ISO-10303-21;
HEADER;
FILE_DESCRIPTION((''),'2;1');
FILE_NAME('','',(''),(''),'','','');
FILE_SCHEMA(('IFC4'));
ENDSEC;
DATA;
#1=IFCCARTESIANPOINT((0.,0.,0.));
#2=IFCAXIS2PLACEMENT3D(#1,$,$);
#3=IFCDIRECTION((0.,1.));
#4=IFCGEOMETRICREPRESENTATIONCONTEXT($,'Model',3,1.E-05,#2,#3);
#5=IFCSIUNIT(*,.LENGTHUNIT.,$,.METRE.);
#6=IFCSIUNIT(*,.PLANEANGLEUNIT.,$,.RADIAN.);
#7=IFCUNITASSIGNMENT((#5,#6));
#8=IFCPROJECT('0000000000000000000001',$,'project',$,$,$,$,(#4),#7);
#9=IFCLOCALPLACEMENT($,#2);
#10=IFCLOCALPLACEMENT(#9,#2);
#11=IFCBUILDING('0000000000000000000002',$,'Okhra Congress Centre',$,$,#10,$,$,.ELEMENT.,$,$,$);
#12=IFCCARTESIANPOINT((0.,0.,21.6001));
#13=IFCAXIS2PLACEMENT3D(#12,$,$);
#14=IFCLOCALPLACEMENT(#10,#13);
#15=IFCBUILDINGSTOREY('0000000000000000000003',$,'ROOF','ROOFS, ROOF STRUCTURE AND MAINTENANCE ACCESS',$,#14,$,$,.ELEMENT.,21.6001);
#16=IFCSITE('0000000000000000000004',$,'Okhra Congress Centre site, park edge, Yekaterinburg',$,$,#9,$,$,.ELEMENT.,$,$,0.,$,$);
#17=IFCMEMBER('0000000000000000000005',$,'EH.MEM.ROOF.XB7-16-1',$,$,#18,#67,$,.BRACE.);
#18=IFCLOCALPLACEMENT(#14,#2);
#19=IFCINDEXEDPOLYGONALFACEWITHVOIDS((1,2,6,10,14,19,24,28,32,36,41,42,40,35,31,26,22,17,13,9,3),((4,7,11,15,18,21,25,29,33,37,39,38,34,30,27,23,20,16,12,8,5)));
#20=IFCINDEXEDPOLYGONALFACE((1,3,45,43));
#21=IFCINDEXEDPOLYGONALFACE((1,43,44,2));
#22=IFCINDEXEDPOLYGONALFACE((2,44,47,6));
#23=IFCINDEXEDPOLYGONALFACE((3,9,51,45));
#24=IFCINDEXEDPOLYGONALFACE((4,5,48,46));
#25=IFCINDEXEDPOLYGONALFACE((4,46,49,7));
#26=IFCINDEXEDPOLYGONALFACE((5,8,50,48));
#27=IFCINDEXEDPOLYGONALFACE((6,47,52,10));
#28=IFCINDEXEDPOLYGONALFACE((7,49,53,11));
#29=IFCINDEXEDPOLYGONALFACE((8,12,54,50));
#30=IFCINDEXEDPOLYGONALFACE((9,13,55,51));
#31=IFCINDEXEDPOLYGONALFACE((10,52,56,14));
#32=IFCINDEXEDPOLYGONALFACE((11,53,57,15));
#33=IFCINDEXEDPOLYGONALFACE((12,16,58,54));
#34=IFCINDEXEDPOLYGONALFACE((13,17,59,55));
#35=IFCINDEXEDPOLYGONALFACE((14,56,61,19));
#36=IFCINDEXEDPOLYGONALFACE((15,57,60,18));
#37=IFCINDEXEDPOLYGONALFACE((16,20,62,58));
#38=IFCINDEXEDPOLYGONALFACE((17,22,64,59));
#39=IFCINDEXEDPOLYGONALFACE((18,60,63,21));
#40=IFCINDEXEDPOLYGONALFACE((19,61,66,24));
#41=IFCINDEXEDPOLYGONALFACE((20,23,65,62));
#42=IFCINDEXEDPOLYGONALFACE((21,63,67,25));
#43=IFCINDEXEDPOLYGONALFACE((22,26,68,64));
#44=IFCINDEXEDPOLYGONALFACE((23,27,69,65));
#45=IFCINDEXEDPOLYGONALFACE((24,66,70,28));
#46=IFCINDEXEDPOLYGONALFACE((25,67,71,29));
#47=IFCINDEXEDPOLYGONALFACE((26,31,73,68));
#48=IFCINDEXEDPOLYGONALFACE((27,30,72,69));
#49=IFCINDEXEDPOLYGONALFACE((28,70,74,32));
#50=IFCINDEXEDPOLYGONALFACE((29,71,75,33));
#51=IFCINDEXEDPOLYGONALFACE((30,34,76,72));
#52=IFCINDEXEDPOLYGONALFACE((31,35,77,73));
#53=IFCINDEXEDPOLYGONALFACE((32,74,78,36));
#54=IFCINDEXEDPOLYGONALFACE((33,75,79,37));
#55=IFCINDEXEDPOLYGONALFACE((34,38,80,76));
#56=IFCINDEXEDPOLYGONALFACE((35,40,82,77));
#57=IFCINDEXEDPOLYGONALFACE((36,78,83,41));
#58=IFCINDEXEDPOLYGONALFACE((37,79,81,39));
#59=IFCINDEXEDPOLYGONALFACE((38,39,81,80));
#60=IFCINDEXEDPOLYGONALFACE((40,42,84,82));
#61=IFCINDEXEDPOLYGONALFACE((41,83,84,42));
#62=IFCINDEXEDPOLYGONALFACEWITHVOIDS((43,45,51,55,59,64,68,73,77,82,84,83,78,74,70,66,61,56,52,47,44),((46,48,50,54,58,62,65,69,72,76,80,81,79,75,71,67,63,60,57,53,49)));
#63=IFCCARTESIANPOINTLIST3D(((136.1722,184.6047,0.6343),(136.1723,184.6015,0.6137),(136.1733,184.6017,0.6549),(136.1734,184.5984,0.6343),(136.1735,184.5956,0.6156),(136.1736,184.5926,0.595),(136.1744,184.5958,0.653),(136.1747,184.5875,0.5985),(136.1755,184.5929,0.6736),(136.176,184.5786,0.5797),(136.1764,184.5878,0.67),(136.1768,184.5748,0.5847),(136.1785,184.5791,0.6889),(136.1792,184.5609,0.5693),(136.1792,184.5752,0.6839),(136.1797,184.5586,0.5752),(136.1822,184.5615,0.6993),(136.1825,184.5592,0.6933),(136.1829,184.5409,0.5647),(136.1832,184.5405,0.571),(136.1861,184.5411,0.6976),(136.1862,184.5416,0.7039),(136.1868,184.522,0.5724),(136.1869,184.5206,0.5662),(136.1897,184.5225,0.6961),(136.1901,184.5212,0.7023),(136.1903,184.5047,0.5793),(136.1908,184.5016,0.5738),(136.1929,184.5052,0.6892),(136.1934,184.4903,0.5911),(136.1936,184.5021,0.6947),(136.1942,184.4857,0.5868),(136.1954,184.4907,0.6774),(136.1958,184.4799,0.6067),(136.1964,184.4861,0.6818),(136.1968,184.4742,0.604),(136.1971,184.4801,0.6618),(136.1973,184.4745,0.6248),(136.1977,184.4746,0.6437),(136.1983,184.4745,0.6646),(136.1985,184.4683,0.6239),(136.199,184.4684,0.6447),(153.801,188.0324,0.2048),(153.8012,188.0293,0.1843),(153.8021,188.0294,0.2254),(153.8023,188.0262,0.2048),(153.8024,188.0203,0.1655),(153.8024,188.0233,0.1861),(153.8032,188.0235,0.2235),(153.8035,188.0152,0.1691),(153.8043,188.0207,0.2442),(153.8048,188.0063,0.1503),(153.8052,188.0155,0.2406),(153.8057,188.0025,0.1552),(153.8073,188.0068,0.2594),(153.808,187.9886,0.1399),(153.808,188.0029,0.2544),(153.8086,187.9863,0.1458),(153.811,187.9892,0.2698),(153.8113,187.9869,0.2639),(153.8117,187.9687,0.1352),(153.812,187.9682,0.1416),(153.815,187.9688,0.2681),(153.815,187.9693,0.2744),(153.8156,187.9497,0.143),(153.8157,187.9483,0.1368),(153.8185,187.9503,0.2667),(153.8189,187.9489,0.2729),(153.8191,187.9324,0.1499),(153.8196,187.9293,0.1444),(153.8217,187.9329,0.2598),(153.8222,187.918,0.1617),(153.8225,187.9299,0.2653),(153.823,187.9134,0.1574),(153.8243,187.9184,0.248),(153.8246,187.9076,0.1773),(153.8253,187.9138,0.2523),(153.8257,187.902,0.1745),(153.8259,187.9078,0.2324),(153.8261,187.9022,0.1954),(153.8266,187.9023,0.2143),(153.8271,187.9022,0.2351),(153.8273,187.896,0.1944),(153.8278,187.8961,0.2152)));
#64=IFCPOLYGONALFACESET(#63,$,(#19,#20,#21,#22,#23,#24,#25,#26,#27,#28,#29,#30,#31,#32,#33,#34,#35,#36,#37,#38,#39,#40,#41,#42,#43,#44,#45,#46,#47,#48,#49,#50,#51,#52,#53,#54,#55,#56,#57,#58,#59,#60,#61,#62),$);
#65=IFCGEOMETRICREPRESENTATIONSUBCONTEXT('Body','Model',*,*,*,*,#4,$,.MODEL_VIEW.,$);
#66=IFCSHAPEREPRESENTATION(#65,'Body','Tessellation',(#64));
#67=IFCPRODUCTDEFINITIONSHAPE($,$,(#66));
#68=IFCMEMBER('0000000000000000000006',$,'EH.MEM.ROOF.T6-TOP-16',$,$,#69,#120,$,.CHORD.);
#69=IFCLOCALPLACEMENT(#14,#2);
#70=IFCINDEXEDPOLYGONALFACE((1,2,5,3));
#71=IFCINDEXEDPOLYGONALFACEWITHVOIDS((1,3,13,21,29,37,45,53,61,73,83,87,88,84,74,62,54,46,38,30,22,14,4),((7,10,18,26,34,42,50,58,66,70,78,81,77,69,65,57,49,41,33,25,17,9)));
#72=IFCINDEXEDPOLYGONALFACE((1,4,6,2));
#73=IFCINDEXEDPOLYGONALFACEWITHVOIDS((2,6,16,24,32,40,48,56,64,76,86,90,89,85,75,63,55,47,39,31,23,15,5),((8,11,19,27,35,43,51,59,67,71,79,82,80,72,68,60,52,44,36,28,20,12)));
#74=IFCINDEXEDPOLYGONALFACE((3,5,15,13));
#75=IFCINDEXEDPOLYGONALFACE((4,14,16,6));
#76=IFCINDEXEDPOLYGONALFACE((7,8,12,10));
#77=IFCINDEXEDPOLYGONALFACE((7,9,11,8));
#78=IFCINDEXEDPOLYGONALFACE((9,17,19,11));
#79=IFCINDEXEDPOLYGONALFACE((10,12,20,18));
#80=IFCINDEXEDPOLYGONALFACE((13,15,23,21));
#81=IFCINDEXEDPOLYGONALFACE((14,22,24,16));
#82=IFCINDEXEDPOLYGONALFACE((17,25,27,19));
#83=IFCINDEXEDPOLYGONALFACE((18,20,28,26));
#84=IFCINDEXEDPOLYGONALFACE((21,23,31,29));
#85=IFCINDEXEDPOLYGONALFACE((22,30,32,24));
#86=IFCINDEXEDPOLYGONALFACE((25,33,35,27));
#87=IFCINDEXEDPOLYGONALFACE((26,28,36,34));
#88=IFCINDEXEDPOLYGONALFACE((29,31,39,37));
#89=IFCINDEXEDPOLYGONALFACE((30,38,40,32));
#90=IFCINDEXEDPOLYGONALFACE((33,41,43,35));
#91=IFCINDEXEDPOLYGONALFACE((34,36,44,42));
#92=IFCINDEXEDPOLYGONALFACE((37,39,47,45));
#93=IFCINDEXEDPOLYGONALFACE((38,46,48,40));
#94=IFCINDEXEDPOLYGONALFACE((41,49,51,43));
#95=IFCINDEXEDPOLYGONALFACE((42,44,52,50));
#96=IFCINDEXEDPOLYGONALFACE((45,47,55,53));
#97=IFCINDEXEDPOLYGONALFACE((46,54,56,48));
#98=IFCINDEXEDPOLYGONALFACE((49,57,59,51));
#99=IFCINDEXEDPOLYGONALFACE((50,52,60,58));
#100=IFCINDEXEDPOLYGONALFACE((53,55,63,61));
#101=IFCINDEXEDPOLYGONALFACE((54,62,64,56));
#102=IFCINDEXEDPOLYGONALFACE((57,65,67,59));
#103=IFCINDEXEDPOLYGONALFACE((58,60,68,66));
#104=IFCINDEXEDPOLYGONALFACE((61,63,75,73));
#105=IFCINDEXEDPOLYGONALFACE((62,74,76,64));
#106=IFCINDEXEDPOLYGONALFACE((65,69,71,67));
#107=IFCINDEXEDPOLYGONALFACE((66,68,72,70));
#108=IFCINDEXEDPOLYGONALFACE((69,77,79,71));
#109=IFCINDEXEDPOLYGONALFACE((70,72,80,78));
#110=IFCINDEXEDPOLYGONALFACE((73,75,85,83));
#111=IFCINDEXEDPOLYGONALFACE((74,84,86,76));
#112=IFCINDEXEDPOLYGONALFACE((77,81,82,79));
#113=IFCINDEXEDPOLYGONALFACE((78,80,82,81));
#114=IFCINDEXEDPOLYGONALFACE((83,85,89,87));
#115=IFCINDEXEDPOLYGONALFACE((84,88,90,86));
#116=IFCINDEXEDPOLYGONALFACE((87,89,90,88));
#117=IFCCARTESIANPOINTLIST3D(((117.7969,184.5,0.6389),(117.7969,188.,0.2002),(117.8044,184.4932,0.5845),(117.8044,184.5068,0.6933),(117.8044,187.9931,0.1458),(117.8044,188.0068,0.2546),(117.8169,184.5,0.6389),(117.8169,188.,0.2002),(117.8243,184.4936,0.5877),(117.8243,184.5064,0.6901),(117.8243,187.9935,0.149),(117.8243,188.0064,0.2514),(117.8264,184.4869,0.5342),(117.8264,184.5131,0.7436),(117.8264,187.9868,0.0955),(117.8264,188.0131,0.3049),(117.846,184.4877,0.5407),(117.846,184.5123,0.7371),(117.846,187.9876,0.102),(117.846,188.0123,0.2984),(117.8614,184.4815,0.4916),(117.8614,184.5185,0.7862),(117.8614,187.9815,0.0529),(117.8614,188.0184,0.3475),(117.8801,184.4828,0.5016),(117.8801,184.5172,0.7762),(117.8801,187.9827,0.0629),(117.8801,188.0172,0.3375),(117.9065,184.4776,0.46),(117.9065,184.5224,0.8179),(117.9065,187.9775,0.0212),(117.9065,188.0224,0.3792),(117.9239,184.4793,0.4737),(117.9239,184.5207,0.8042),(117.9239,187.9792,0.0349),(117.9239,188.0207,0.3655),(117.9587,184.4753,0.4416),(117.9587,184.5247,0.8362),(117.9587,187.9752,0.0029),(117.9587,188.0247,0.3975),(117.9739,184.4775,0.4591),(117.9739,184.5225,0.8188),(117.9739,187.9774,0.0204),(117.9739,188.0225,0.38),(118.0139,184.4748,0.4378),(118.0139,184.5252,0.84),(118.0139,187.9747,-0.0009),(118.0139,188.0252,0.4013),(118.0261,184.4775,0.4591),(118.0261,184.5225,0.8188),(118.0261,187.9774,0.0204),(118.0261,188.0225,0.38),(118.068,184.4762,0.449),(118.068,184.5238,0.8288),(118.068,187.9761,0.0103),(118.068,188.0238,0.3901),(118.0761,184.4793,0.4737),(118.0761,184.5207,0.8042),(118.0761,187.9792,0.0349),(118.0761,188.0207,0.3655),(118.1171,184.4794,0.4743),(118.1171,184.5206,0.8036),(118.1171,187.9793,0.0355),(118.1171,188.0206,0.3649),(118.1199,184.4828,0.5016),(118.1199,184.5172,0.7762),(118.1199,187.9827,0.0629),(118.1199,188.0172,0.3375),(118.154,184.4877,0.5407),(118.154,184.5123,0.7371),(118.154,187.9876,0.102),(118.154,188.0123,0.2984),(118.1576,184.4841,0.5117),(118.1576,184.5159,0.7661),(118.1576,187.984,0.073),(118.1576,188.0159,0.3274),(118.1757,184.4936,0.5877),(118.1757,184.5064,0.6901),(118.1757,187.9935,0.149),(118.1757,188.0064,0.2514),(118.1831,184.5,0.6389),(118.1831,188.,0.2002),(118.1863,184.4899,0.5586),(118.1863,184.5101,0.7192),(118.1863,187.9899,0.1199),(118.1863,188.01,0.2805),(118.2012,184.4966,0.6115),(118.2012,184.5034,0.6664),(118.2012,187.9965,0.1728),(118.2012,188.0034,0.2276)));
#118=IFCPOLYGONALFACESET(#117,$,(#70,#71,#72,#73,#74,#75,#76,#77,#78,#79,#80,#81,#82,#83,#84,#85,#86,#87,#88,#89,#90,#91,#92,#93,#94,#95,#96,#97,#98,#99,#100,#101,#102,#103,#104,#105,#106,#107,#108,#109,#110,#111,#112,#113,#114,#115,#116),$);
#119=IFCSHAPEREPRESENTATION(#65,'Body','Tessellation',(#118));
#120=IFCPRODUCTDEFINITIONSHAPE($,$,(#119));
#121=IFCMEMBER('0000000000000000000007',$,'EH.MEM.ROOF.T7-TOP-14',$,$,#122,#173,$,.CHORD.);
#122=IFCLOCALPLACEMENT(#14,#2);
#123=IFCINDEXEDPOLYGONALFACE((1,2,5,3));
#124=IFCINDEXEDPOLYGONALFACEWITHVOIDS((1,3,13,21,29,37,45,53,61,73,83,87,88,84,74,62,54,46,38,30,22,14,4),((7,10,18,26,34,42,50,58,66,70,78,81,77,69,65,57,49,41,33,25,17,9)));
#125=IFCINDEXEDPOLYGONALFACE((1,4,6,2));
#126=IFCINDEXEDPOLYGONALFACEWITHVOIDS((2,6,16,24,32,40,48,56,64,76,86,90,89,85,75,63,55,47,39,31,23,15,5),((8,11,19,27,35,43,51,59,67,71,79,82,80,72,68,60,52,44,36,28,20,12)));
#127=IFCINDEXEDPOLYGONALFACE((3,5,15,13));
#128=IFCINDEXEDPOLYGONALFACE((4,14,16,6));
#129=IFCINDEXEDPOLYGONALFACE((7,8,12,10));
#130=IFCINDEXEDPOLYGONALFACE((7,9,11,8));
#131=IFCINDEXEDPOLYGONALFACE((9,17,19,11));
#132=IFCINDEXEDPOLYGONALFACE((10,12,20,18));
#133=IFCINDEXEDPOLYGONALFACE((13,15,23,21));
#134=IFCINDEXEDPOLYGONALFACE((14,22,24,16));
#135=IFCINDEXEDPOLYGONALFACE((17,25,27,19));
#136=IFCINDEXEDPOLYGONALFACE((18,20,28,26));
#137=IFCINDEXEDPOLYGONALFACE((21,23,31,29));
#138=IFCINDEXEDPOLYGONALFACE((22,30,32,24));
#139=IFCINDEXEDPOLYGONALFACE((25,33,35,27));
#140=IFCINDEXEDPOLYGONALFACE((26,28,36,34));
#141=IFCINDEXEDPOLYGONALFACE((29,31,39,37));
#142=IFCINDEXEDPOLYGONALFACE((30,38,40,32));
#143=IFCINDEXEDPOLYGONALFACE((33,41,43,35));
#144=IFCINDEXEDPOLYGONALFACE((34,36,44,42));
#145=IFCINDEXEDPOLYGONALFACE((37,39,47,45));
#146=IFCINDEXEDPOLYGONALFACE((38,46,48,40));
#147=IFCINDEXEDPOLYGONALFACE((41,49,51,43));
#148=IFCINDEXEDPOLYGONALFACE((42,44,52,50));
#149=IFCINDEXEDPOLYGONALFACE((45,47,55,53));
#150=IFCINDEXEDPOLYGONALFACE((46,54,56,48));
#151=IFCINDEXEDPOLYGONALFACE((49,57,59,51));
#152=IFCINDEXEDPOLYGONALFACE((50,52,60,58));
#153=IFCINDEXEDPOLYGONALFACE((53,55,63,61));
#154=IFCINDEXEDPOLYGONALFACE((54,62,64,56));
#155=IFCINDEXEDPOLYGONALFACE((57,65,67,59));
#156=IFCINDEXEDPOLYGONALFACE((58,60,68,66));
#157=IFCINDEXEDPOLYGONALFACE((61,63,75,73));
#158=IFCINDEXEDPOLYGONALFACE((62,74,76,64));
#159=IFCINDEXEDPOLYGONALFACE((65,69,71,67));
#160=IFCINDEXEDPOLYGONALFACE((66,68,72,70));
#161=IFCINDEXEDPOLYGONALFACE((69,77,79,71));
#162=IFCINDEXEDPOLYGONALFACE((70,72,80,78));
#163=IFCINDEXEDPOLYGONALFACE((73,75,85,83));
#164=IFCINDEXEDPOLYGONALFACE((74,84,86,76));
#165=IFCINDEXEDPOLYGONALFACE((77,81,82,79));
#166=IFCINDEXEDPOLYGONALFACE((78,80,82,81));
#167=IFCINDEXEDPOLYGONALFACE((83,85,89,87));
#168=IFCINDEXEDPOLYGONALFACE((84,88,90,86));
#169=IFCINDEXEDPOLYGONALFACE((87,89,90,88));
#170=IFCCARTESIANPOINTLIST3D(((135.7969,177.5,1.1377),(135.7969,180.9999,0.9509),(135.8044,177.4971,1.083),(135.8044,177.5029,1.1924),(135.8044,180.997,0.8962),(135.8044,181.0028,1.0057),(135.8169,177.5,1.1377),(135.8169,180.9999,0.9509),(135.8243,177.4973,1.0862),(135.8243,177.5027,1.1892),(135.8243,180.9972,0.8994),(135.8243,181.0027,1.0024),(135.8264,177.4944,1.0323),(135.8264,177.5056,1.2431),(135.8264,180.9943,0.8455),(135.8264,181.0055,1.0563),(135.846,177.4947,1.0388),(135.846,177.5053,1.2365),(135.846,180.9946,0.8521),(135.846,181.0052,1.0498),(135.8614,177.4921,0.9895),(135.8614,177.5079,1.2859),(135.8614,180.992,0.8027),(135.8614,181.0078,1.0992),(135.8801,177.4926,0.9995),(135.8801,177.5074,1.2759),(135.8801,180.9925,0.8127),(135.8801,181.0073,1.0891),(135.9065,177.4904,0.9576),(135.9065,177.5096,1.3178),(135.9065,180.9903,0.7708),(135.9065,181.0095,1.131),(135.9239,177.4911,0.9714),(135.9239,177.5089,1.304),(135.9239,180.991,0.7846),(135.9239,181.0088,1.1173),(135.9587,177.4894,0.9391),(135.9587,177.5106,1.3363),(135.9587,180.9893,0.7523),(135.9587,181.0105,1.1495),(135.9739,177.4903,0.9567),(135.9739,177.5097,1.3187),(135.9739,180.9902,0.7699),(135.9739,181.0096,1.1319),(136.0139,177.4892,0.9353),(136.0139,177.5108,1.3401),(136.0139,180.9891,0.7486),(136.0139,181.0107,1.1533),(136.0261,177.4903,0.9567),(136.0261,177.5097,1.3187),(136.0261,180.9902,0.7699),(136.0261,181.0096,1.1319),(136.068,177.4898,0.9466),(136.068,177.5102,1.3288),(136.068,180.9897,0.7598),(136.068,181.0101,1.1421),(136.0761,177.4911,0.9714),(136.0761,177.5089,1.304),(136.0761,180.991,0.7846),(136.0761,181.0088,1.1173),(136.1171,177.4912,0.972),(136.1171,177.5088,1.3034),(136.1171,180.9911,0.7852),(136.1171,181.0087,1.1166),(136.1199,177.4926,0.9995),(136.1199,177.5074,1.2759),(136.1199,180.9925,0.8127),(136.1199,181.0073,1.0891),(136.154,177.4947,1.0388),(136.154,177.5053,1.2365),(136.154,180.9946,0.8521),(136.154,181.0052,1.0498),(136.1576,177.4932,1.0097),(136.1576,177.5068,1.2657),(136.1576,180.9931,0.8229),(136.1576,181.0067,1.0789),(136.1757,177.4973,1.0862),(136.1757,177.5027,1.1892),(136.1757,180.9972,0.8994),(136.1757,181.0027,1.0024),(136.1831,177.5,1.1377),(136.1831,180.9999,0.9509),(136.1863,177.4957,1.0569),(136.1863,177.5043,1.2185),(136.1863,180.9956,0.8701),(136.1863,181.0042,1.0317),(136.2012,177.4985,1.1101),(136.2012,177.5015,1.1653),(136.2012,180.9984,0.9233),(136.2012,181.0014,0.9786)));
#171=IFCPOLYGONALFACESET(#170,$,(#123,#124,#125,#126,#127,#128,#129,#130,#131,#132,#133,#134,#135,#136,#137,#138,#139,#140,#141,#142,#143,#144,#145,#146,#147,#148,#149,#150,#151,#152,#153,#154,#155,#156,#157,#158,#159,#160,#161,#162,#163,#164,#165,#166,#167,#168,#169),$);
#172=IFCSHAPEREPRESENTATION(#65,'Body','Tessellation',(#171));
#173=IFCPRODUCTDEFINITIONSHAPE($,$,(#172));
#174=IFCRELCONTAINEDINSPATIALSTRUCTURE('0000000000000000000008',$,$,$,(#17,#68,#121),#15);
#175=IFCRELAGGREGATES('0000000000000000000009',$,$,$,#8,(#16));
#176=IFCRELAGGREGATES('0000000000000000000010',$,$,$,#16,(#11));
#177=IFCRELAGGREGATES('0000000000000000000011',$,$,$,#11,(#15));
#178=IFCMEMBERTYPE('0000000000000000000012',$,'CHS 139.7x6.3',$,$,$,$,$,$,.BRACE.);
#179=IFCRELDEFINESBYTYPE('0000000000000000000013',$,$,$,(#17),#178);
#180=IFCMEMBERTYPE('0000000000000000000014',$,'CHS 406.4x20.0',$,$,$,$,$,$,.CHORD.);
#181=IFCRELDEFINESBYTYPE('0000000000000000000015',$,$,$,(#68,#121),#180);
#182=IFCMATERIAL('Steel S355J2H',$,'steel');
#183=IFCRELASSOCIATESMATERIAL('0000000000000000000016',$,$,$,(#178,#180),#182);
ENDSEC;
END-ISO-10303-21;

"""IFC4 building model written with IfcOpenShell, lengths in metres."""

from ifc_helpers import new_model, si_unit, direction, frame, origin, origin_2d, place, context, subcontext, project, spatial, hollow_circle, extrude, material, material_profile, profile_set, type_object, element, save


model = new_model("IFC4")

# Units and contexts
model_context = context("Model", 3, precision=1e-05, world=origin(), true_north=direction((0.0, 1.0)))
body_context = subcontext(model_context, "Body", "Model", "MODEL_VIEW")
ifc_project = project(units=[si_unit("LENGTHUNIT", "METRE"), si_unit("PLANEANGLEUNIT", "RADIAN")], contexts=[model_context])

# Site, building, storey
site_placement = place(None, origin())
site = spatial("IfcSite", under=ifc_project, at=site_placement, Name="Okhra Congress Centre site, park edge, Yekaterinburg", CompositionType="ELEMENT", RefElevation=0.0)
building_placement = place(site_placement, origin())
building = spatial("IfcBuilding", under=site, at=building_placement, Name="Okhra Congress Centre", CompositionType="ELEMENT")
storey_placement = place(building_placement, frame((0.0, 0.0, 21.6001)))
storey = spatial("IfcBuildingStorey", under=building, at=storey_placement, Name="ROOF", Description="ROOFS, ROOF STRUCTURE AND MAINTENANCE ACCESS", CompositionType="ELEMENT", Elevation=21.6001)

# Members
ifc_material_1 = material(Name="Steel S355J2H", Category="steel")
ifc_material_profile_1 = material_profile(ifc_material_1, hollow_circle(Radius=0.0698, WallThickness=0.0063, at=origin_2d()), Name="CHS 139.7x6.3")
ifc_profile_set_1 = profile_set([ifc_material_profile_1], Name="Steel S355J2H")
member_type_1 = type_object("IfcMemberType", Name="CHS 139.7x6.3", PredefinedType="BRACE", material=ifc_profile_set_1)
member_1_placement = place(storey_placement, frame((136.1855, 184.5361, 0.6343), z_axis=(0.981336, 0.190809, -0.023906), x_axis=(-0.190864, 0.981617, 0.0)))
element("IfcMember", 1, at=member_1_placement, inside=storey, type_object=member_type_1, Name="EH.MEM.ROOF.XB7-16-1", PredefinedType="BRACE", context=body_context, shape_type="SweptSolid", body=[
    extrude(hollow_circle(Radius=0.0698, WallThickness=0.0063, at=origin_2d()), origin(), (0.0, 0.0, 1.0), 17.9641),
])
ifc_material_profile_2 = material_profile(ifc_material_1, hollow_circle(Radius=0.2031, WallThickness=0.02, at=origin_2d()), Name="CHS 406.4x20.0")
ifc_profile_set_2 = profile_set([ifc_material_profile_2], Name="Steel S355J2H")
member_type_2 = type_object("IfcMemberType", Name="CHS 406.4x20.0", PredefinedType="CHORD", material=ifc_profile_set_2)
member_2_placement = place(storey_placement, frame((118.0, 184.5, 0.6389), z_axis=(0.0, 0.992235, -0.124375), x_axis=(-1.0, 0.0, 0.0)))
element("IfcMember", 2, at=member_2_placement, inside=storey, type_object=member_type_2, Name="EH.MEM.ROOF.T6-TOP-16", PredefinedType="CHORD", context=body_context, shape_type="SweptSolid", body=[
    extrude(hollow_circle(Radius=0.2031, WallThickness=0.02, at=origin_2d()), origin(), (0.0, 0.0, 1.0), 3.5273),
])
member_3_placement = place(storey_placement, frame((136.0, 177.5, 1.1377), z_axis=(0.0, 0.998579, -0.053286), x_axis=(-1.0, 0.0, 0.0)))
element("IfcMember", 3, at=member_3_placement, inside=storey, type_object=member_type_2, Name="EH.MEM.ROOF.T7-TOP-14", PredefinedType="CHORD", context=body_context, shape_type="SweptSolid", body=[
    extrude(hollow_circle(Radius=0.2031, WallThickness=0.02, at=origin_2d()), origin(), (0.0, 0.0, 1.0), 3.5049),
])

save(model, "model.ifc")
